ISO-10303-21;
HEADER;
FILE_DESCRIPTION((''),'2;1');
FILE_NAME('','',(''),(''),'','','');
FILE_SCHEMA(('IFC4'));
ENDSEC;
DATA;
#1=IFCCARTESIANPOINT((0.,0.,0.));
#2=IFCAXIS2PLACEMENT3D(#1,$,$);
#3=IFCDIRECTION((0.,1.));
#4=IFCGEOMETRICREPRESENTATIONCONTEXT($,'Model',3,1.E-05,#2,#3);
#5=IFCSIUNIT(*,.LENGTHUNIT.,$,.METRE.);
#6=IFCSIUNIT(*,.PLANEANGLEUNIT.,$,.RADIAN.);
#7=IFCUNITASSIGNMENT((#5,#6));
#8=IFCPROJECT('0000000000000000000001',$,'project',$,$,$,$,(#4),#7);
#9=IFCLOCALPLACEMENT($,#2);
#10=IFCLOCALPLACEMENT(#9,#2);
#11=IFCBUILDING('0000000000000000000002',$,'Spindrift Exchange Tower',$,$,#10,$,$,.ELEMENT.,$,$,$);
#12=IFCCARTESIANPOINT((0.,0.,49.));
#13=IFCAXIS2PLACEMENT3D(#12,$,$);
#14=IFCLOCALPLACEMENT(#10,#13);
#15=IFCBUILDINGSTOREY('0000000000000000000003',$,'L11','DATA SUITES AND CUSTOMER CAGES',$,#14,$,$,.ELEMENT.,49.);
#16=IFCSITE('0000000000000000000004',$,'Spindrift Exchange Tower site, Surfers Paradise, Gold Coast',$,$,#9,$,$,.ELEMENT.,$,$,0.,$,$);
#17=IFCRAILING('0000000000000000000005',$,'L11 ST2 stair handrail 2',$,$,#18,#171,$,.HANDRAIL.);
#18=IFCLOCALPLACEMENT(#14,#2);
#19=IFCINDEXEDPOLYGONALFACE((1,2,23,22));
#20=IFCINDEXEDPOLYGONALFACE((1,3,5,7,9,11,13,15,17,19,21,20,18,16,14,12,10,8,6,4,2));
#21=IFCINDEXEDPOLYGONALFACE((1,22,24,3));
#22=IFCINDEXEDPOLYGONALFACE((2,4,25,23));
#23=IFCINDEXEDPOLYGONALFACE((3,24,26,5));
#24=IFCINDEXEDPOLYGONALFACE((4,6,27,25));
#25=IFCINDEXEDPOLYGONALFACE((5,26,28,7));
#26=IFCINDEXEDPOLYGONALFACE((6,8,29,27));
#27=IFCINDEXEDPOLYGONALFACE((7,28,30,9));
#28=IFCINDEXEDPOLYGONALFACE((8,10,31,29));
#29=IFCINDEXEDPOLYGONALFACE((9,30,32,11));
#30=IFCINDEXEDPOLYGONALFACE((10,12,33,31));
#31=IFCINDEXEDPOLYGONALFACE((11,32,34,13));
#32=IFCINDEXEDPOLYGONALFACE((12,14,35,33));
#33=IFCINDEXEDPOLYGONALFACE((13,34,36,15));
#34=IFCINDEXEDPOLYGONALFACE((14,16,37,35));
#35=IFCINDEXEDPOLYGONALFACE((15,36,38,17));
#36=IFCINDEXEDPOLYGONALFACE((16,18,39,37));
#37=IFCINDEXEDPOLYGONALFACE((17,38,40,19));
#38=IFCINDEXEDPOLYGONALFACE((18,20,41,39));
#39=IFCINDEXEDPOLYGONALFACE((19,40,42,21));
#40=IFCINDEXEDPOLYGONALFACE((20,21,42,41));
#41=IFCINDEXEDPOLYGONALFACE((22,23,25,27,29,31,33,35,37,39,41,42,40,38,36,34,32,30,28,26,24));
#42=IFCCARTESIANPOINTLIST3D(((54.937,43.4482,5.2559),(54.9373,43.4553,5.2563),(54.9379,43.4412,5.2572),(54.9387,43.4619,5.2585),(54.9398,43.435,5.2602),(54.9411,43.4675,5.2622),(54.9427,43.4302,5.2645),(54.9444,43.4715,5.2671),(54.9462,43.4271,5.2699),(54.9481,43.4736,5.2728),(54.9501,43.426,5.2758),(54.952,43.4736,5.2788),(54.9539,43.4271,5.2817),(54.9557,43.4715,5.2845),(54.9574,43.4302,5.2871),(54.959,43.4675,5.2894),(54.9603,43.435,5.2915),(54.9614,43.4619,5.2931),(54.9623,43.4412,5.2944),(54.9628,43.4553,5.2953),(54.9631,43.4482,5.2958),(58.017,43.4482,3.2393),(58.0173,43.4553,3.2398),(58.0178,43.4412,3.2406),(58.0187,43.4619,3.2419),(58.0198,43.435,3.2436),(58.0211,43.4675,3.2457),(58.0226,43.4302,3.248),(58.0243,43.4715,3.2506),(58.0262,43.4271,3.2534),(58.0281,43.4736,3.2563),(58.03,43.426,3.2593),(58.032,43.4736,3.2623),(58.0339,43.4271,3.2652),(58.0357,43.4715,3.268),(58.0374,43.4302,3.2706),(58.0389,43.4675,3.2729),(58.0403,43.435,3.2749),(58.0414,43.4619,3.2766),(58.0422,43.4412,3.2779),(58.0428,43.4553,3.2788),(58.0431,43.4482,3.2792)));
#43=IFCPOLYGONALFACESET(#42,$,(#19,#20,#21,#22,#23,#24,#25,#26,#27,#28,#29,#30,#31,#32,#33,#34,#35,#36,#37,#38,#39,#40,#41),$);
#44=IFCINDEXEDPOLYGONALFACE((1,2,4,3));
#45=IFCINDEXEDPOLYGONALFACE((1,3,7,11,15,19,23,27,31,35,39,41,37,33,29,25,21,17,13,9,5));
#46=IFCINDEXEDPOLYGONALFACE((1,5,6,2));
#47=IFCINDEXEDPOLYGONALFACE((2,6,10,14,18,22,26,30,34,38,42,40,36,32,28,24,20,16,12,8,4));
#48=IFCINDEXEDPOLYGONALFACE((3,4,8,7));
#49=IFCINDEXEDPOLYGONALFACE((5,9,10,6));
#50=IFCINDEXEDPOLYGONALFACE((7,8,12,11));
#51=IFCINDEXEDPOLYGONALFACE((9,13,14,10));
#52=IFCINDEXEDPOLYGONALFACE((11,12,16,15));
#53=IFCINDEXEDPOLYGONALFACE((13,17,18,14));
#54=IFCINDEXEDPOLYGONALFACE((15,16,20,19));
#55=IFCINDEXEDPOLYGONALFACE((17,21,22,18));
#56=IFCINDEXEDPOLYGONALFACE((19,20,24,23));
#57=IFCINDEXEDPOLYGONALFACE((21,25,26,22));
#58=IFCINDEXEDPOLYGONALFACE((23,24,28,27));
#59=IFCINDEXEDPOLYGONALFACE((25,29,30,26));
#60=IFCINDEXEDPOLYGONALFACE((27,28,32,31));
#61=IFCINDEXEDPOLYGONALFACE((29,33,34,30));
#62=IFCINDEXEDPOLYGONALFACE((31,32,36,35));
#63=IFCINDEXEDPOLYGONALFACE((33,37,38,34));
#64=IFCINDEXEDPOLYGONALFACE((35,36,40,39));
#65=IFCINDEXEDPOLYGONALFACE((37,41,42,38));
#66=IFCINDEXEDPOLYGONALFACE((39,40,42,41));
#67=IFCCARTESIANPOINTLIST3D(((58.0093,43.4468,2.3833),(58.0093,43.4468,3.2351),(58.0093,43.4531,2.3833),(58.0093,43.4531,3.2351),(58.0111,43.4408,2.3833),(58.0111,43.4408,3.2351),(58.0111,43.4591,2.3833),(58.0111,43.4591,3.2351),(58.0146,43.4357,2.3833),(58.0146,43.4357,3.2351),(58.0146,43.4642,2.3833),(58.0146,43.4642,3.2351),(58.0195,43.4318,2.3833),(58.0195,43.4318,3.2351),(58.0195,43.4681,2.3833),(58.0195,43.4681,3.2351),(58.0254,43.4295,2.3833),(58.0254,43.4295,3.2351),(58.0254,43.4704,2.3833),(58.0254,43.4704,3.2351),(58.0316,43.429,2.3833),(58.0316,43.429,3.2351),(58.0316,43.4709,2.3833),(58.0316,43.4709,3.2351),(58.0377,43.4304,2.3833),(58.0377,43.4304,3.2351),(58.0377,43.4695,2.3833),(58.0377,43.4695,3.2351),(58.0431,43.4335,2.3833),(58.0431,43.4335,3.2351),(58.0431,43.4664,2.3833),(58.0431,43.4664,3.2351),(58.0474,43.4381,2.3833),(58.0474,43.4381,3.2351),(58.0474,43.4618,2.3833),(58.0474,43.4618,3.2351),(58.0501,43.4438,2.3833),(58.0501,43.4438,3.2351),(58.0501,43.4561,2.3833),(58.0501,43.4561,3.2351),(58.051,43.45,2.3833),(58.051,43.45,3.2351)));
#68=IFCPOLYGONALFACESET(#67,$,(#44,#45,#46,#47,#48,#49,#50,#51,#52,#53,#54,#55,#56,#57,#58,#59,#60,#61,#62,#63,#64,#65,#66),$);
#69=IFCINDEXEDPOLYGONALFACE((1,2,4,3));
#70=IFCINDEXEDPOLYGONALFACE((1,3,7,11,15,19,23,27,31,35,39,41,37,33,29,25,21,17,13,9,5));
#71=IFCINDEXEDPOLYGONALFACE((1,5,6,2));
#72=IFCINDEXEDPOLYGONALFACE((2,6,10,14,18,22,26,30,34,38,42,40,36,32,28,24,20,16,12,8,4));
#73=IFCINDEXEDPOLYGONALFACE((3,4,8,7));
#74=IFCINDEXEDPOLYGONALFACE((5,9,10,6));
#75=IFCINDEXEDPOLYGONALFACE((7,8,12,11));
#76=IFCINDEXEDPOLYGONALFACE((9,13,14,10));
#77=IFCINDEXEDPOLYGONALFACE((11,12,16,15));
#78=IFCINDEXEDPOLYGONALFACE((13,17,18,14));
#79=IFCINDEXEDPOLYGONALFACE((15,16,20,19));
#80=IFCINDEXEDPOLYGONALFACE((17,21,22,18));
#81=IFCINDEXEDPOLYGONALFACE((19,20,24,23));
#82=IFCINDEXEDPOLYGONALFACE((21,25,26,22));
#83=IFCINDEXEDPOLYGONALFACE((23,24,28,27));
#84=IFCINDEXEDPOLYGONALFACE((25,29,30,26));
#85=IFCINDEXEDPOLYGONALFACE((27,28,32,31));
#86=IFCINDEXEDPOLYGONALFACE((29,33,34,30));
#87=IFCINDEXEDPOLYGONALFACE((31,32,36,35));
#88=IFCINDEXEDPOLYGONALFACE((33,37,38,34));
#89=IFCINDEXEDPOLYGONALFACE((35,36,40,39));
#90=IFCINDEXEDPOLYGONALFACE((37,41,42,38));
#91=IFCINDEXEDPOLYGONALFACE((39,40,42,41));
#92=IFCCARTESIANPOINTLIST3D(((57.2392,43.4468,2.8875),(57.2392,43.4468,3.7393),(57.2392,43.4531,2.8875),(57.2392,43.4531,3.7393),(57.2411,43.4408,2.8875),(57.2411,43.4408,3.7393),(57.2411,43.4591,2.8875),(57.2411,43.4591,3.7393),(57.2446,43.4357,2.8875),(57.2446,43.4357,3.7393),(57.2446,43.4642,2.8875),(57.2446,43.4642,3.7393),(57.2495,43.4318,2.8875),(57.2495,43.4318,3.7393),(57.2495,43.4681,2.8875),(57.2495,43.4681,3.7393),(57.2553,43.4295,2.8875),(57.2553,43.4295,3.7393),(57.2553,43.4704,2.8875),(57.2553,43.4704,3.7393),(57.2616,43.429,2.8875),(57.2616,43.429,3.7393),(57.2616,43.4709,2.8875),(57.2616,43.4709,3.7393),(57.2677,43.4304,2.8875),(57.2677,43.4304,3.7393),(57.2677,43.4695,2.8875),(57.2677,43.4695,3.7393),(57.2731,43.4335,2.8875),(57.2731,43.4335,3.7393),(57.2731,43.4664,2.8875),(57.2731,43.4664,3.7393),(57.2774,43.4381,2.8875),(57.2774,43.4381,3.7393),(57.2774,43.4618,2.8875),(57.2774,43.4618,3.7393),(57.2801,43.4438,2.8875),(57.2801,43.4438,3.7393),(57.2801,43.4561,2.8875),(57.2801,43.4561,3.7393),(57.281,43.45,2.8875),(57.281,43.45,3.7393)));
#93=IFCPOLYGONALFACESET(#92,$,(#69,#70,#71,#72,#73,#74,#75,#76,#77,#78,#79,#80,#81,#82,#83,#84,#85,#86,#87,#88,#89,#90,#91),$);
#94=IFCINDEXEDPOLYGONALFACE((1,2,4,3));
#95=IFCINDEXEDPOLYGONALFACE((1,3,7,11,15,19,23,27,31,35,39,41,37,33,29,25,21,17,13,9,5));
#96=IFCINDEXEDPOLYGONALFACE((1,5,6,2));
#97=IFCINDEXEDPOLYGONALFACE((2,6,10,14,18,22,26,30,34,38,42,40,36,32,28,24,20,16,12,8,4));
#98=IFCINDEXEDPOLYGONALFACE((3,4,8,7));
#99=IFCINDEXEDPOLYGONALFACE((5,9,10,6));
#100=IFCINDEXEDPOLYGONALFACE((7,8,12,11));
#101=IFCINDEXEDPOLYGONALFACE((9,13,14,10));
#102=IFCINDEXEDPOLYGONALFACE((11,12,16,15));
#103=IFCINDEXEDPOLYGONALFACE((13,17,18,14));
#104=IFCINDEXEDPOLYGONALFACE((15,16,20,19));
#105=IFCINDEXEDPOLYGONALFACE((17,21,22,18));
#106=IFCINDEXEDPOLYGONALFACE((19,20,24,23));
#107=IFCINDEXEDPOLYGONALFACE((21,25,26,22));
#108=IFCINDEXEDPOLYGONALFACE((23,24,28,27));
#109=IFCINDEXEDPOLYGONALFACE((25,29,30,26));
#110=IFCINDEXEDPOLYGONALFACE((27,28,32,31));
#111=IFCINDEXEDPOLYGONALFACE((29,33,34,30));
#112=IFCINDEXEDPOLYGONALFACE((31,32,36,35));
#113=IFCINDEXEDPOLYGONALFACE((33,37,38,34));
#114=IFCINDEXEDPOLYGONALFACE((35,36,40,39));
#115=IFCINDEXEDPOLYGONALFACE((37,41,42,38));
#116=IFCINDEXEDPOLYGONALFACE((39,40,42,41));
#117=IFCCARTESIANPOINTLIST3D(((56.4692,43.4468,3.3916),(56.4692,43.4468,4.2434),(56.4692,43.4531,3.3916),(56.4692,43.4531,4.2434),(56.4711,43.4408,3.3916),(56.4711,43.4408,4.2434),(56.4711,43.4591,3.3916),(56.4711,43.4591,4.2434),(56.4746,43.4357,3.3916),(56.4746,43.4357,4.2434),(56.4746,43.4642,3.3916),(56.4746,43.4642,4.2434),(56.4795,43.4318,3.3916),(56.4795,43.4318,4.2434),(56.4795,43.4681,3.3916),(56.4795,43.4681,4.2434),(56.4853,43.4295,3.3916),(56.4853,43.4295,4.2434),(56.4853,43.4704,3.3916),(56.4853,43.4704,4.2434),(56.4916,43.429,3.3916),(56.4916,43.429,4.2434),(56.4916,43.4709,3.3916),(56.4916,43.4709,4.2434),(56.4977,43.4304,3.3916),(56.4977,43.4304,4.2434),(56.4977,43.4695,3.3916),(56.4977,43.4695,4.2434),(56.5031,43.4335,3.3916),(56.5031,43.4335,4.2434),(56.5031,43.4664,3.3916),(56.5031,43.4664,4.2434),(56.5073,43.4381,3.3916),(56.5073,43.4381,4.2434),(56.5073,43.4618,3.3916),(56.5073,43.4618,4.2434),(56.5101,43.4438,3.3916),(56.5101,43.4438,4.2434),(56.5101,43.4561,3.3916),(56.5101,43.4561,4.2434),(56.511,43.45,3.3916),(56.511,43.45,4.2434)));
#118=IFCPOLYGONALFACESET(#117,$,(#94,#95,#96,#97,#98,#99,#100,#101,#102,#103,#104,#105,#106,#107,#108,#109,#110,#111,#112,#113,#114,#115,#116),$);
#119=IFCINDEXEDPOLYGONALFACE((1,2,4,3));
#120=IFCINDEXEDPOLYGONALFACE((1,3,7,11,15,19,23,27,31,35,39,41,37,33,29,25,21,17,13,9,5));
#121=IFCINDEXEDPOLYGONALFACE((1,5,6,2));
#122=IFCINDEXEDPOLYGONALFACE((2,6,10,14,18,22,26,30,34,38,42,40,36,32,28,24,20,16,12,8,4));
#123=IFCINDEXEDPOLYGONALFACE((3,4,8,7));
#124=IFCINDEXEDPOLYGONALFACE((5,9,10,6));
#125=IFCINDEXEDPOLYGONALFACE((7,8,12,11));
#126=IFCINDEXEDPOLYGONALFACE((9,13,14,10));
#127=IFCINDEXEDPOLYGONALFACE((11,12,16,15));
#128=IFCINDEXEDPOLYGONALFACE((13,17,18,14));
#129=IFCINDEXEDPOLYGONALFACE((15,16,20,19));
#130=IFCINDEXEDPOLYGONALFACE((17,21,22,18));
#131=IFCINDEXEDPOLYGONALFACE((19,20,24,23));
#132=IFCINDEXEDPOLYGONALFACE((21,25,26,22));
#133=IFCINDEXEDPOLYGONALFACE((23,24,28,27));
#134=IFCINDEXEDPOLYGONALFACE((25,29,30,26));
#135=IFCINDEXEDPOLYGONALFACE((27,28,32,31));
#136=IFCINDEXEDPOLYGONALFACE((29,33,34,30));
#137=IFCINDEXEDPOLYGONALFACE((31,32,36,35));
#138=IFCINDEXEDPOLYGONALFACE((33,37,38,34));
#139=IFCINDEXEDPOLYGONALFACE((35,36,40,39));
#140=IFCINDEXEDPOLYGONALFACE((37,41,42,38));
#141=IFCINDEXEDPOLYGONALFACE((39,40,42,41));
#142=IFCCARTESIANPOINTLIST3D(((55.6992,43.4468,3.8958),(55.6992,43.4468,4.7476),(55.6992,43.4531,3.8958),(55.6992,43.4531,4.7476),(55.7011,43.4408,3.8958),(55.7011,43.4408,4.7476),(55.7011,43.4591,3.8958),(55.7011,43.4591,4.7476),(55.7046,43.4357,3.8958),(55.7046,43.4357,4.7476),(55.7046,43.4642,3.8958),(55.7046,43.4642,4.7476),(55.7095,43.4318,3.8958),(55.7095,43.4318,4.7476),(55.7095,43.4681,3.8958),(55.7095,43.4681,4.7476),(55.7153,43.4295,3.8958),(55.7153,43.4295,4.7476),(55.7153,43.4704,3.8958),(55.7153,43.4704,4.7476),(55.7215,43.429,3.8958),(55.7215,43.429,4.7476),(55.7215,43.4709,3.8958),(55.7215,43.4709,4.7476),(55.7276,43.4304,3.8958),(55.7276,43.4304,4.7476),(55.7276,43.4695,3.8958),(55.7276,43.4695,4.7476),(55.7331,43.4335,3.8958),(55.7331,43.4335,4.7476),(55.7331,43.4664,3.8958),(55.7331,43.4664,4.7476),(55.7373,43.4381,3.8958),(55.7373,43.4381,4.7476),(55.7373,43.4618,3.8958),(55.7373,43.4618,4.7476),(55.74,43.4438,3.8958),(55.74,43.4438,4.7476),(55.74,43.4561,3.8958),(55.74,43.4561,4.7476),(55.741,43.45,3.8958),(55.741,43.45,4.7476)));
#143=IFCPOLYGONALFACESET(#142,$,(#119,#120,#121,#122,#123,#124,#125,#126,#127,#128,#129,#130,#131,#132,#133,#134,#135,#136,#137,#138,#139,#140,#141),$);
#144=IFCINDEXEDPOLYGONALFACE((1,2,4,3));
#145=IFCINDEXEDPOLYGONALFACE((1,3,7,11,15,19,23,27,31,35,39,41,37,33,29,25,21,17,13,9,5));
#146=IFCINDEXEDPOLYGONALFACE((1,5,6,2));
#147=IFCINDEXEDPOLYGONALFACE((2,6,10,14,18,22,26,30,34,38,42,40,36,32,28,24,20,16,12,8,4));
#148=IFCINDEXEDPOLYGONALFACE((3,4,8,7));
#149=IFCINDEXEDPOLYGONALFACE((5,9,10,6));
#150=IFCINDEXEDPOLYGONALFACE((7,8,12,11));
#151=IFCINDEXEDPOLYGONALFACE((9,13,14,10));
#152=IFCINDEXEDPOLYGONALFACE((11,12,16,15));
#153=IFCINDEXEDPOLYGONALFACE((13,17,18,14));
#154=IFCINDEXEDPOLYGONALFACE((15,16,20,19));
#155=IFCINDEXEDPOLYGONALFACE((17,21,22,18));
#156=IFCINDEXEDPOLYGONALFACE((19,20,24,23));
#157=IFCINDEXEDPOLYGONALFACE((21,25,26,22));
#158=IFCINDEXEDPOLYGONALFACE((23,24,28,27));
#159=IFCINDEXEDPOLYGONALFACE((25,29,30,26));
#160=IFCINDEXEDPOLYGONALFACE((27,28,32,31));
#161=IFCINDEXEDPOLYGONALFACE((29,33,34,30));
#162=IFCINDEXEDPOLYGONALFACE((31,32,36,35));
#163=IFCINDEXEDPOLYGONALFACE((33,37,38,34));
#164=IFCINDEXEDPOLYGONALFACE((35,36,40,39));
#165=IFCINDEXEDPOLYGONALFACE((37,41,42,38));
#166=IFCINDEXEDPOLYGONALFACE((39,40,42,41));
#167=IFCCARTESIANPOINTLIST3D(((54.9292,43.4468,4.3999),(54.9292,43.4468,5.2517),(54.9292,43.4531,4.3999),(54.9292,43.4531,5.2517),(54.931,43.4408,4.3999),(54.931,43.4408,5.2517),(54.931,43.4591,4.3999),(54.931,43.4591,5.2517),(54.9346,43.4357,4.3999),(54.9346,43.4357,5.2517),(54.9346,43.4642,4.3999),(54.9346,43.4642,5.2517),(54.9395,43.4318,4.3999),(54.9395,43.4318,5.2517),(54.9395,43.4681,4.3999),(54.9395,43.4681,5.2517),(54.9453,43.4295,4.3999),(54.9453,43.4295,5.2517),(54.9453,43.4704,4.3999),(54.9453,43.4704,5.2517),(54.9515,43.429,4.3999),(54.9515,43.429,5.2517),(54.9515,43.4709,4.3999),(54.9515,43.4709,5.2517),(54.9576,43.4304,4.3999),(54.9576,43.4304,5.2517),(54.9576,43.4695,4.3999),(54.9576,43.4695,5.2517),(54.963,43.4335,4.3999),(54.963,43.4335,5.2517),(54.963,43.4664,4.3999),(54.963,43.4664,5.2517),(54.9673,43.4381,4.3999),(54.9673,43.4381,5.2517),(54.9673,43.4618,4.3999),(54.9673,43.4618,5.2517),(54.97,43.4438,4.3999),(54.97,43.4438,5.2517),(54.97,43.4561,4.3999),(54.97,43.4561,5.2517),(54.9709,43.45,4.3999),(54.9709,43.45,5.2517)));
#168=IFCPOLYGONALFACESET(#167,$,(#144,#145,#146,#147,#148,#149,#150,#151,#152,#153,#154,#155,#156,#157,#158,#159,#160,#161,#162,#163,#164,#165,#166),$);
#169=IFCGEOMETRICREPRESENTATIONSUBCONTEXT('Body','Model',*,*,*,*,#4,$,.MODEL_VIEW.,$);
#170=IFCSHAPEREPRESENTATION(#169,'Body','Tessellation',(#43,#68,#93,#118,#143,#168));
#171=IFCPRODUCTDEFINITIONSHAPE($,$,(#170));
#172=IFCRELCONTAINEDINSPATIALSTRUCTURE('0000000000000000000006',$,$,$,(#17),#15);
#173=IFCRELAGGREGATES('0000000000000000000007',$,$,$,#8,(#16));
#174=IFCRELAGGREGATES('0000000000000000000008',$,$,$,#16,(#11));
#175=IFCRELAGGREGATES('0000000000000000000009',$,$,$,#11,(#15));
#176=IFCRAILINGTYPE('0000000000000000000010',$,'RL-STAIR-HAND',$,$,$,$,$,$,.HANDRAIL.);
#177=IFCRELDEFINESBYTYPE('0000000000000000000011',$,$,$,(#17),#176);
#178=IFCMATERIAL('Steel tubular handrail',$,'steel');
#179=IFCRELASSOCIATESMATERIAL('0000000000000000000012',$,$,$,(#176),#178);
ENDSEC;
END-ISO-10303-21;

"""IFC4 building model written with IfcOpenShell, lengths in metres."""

from ifc_helpers import new_model, si_unit, direction, frame, origin, origin_2d, place, context, subcontext, project, spatial, circle, extrude, material, type_object, element, save


model = new_model("IFC4")

# Units and contexts
model_context = context("Model", 3, precision=1e-05, world=origin(), true_north=direction((0.0, 1.0)))
body_context = subcontext(model_context, "Body", "Model", "MODEL_VIEW")
ifc_project = project(units=[si_unit("LENGTHUNIT", "METRE"), si_unit("PLANEANGLEUNIT", "RADIAN")], contexts=[model_context])

# Site, building, storey
site_placement = place(None, origin())
site = spatial("IfcSite", under=ifc_project, at=site_placement, Name="Spindrift Exchange Tower site, Surfers Paradise, Gold Coast", CompositionType="ELEMENT", RefElevation=0.0)
building_placement = place(site_placement, origin())
building = spatial("IfcBuilding", under=site, at=building_placement, Name="Spindrift Exchange Tower", CompositionType="ELEMENT")
storey_placement = place(building_placement, frame((0.0, 0.0, 49.0)))
storey = spatial("IfcBuildingStorey", under=building, at=storey_placement, Name="L11", Description="DATA SUITES AND CUSTOMER CAGES", CompositionType="ELEMENT", Elevation=49.0)

# Railing
ifc_material_1 = material(Name="Steel tubular handrail", Category="steel")
railing_type_1 = type_object("IfcRailingType", Name="RL-STAIR-HAND", PredefinedType="HANDRAIL", material=ifc_material_1)
railing_1_placement = place(storey_placement, frame((58.03, 43.45, 2.3833)))
element("IfcRailing", 1, at=railing_1_placement, inside=storey, type_object=railing_type_1, Name="L11 ST2 stair handrail 2", PredefinedType="HANDRAIL", context=body_context, shape_type="SweptSolid", body=[
    extrude(circle(Radius=0.0239, at=origin_2d()), frame((0.0, 0.0, 0.876), z_axis=(-0.836633, 0.0, 0.547764), x_axis=(0.0, -1.0, 0.0)), (0.0, 0.0, 1.0), 3.6814),
    extrude(circle(Radius=0.021, at=origin_2d()), origin(), (0.0, 0.0, 1.0), 0.8518),
    extrude(circle(Radius=0.021, at=origin_2d()), frame((-0.77, 0.0, 0.5042)), (0.0, 0.0, 1.0), 0.8518),
    extrude(circle(Radius=0.021, at=origin_2d()), frame((-1.54, 0.0, 1.0083)), (0.0, 0.0, 1.0), 0.8518),
    extrude(circle(Radius=0.021, at=origin_2d()), frame((-2.3101, 0.0, 1.5125)), (0.0, 0.0, 1.0), 0.8518),
    extrude(circle(Radius=0.021, at=origin_2d()), frame((-3.0801, 0.0, 2.0166)), (0.0, 0.0, 1.0), 0.8518),
])

save(model, "model.ifc")
